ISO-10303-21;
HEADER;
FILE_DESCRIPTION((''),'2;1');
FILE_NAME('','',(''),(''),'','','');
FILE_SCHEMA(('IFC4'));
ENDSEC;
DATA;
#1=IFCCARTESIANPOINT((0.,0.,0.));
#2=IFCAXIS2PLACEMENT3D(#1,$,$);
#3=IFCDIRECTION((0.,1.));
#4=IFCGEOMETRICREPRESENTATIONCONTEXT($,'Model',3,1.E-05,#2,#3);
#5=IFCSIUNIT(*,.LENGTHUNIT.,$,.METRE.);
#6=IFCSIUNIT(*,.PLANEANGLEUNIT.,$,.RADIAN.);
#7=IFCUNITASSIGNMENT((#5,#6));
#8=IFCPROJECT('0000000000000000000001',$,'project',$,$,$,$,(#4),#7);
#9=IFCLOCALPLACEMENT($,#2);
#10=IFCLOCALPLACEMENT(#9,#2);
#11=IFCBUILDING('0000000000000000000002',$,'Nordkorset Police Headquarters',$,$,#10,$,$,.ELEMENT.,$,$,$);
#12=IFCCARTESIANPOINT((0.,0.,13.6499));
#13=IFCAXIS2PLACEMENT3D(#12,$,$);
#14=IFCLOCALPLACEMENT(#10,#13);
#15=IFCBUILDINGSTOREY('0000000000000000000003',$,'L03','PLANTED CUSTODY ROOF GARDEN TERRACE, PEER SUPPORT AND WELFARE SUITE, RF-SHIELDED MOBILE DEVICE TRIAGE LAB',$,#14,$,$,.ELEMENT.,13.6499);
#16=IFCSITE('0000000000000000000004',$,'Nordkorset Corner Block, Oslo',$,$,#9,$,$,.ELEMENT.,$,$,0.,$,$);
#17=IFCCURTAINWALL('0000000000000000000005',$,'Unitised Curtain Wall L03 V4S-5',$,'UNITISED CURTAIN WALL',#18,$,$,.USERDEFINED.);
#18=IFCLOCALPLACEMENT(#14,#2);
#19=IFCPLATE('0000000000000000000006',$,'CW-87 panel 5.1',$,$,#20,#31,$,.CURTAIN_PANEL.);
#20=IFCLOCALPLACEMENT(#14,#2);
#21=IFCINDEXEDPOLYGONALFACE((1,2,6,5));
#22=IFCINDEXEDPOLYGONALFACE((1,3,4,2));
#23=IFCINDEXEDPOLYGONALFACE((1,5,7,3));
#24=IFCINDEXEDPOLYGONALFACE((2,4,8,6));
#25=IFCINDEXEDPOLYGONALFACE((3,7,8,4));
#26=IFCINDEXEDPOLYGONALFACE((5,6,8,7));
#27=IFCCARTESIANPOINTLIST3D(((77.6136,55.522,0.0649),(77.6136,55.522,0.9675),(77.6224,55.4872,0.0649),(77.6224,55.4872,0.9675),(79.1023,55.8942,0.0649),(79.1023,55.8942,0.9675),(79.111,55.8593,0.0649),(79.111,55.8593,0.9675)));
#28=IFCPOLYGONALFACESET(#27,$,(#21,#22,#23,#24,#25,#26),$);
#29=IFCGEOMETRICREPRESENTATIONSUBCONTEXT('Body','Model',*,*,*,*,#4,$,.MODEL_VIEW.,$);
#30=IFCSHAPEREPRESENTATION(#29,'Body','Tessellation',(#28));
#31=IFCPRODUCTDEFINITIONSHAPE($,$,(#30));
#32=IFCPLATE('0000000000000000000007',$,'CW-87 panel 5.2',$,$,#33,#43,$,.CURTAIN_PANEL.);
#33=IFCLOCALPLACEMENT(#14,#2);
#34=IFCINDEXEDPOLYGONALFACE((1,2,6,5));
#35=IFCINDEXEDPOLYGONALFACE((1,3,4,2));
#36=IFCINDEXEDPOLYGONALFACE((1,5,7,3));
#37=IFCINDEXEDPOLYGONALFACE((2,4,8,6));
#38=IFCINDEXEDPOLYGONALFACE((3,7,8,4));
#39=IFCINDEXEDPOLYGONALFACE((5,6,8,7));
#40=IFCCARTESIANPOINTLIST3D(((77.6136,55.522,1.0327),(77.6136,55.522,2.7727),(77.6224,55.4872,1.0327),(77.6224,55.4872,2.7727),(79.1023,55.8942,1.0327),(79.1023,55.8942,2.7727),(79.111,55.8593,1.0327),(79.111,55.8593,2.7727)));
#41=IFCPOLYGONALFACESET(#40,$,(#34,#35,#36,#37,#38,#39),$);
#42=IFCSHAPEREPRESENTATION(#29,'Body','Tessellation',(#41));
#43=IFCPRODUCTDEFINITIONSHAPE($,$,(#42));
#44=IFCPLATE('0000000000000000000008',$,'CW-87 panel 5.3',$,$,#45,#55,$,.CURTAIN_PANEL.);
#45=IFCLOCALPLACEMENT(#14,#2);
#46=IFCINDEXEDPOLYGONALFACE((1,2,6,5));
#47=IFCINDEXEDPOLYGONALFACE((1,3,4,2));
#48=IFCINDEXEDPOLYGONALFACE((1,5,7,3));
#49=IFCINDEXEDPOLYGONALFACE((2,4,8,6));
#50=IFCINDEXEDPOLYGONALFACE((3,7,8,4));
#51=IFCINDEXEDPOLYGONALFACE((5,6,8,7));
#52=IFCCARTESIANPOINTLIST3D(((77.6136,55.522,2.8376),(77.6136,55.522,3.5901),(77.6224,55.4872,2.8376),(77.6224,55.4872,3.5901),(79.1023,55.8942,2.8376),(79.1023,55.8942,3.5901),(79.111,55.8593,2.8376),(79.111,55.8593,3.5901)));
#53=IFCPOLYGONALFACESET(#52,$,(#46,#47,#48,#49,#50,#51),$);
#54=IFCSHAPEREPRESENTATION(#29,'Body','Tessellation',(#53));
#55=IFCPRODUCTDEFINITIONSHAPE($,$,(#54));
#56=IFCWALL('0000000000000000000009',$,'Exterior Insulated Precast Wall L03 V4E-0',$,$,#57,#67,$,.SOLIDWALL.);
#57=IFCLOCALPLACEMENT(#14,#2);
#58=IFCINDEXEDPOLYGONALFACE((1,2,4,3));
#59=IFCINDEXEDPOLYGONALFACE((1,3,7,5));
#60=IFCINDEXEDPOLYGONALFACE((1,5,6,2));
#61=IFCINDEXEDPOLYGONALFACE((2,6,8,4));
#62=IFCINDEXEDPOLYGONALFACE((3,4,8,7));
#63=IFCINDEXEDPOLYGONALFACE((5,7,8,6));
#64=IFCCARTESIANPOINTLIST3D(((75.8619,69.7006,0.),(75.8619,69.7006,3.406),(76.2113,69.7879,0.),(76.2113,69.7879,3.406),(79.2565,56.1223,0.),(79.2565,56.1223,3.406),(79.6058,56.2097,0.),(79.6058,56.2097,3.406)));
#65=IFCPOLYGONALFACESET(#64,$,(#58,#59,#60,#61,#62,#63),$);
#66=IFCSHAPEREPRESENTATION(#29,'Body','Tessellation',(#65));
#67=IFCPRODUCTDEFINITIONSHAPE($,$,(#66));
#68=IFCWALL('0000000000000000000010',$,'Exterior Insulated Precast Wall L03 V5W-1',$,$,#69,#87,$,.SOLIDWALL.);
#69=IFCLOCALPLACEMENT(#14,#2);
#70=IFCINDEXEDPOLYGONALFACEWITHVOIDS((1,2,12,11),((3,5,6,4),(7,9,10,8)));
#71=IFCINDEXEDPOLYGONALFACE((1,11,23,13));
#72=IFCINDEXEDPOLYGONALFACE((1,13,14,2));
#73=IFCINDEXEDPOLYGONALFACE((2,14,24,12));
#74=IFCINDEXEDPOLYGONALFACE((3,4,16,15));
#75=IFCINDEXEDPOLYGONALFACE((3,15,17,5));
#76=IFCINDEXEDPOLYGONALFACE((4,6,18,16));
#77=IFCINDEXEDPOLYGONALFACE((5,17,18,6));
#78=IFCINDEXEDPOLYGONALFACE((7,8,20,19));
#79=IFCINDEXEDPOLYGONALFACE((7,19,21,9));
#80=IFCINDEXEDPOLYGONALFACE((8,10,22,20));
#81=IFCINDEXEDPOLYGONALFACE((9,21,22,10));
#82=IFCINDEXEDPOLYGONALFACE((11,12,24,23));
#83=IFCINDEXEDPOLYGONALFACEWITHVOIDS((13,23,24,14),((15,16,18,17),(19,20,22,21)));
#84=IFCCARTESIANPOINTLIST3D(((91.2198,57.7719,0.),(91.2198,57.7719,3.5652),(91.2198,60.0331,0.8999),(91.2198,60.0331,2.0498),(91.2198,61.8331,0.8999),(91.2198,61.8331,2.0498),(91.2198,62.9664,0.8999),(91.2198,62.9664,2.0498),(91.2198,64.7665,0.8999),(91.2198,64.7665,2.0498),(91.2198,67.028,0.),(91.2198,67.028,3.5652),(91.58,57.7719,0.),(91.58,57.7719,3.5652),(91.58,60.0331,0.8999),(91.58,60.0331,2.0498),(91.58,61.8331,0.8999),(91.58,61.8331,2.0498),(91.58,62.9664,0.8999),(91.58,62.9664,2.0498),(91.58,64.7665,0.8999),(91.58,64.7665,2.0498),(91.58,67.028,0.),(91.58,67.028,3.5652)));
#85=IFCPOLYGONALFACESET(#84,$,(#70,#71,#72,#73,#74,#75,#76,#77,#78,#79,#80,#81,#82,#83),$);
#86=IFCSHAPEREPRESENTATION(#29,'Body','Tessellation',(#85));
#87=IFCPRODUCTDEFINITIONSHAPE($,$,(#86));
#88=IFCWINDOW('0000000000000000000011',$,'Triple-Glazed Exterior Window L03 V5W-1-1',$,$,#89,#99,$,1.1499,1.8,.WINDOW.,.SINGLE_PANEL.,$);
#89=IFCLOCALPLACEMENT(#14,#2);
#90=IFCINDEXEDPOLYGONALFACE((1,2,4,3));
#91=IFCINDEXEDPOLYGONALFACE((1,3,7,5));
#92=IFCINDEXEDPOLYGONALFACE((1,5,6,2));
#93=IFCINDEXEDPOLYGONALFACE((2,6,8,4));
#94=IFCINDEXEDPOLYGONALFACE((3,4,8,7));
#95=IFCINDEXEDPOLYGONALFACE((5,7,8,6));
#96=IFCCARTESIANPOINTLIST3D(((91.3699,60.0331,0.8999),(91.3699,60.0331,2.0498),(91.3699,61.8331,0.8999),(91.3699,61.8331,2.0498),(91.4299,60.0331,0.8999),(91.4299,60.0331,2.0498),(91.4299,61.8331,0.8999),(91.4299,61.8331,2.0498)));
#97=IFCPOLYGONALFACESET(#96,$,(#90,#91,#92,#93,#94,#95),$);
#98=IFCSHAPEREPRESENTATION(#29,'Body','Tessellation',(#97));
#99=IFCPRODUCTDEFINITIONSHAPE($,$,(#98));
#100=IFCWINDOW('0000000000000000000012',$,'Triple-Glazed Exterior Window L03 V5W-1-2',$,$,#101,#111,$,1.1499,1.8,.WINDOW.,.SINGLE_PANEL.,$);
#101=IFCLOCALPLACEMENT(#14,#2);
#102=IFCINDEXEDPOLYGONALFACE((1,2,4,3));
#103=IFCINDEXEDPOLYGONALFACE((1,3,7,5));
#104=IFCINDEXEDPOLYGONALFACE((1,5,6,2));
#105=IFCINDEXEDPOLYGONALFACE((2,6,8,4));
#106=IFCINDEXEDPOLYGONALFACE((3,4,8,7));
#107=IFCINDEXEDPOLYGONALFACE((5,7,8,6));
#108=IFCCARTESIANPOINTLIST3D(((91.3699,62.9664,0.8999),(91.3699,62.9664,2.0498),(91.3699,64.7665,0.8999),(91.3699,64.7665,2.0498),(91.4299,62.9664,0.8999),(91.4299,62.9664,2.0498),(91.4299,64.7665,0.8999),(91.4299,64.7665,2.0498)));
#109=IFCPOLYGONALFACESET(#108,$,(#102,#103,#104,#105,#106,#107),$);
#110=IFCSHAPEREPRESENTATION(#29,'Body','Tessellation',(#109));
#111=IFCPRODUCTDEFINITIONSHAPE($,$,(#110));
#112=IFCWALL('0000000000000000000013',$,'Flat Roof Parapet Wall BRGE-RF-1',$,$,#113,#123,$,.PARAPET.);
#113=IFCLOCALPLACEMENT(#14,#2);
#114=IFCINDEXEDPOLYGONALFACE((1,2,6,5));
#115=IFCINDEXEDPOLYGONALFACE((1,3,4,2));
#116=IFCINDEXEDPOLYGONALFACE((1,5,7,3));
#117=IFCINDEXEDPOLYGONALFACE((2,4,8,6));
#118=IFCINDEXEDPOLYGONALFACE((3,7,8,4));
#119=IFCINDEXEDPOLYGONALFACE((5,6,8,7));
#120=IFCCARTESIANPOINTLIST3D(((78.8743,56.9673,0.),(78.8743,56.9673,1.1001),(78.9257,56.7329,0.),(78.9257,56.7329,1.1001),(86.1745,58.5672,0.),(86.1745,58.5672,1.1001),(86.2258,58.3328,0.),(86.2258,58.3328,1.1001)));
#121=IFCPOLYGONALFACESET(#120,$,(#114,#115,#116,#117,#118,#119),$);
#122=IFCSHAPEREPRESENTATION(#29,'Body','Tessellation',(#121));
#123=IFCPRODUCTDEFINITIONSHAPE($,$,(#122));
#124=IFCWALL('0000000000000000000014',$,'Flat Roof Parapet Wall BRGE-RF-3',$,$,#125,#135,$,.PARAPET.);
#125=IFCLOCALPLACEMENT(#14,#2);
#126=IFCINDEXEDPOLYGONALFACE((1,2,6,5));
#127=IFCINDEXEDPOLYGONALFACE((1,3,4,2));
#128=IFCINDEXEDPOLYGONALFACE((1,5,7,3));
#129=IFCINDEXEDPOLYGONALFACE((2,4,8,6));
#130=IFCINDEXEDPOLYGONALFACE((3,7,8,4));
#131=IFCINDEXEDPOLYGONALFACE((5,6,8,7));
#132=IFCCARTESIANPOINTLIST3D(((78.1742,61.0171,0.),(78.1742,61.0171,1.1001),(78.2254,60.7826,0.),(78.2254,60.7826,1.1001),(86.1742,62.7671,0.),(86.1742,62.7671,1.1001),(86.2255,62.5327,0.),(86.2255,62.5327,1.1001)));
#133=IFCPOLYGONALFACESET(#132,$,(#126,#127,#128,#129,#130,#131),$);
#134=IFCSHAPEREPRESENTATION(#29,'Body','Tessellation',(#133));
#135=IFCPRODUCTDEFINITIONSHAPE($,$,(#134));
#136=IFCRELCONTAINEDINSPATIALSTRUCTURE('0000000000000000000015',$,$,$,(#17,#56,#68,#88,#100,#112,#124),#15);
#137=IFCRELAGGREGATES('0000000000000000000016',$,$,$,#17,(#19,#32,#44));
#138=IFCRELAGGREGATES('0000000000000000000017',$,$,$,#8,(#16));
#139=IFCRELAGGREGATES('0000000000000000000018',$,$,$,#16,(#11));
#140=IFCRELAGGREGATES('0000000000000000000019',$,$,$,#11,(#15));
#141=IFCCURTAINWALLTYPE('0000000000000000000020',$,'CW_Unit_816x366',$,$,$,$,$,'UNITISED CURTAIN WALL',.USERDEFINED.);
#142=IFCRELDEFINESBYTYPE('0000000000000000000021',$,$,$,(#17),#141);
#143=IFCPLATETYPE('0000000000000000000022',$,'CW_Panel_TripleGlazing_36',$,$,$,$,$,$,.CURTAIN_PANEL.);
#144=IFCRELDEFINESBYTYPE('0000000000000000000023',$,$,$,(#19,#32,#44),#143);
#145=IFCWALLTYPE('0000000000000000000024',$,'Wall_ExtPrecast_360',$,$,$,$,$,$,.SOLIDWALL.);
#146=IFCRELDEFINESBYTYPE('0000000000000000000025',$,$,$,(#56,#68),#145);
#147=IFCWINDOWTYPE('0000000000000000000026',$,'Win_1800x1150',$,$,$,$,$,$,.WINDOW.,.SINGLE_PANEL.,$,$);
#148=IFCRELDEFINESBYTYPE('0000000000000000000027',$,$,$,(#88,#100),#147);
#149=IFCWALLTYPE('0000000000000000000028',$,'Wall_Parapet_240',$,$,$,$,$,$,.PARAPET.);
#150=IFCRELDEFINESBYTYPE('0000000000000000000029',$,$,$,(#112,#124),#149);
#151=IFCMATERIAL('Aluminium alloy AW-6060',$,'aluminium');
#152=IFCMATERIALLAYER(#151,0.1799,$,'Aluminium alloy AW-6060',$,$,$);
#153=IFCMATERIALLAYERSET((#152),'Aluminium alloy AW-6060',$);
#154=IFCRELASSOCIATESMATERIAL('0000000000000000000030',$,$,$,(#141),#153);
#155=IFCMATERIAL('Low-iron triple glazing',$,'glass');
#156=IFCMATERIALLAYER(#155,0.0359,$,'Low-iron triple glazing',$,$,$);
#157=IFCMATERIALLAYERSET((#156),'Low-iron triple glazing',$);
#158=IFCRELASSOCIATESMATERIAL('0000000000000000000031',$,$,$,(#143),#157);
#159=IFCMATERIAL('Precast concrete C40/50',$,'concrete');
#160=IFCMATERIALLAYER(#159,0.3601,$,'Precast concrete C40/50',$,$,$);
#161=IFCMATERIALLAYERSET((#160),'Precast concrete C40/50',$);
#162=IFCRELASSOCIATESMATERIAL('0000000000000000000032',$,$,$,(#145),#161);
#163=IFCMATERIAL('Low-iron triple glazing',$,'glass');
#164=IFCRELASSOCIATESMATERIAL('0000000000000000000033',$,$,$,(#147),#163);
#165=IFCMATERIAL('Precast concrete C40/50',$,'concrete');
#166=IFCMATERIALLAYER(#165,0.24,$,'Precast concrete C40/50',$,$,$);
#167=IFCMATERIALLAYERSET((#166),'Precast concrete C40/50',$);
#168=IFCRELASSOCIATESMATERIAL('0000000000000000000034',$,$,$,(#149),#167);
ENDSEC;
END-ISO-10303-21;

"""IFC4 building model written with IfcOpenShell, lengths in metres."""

from ifc_helpers import new_model, si_unit, direction, frame, frame_2d, origin, origin_2d, place, context, subcontext, project, spatial, rectangle, extrude, material, layer, layer_set, type_object, element, fill, aggregate, save


model = new_model("IFC4")

# Units and contexts
model_context = context("Model", 3, precision=1e-05, world=origin(), true_north=direction((0.0, 1.0)))
body_context = subcontext(model_context, "Body", "Model", "MODEL_VIEW")
ifc_project = project(units=[si_unit("LENGTHUNIT", "METRE"), si_unit("PLANEANGLEUNIT", "RADIAN")], contexts=[model_context])

# Site, building, storey
site_placement = place(None, origin())
site = spatial("IfcSite", under=ifc_project, at=site_placement, Name="Nordkorset Corner Block, Oslo", CompositionType="ELEMENT", RefElevation=0.0)
building_placement = place(site_placement, origin())
building = spatial("IfcBuilding", under=site, at=building_placement, Name="Nordkorset Police Headquarters", CompositionType="ELEMENT")
storey_placement = place(building_placement, frame((0.0, 0.0, 13.6499)))
storey = spatial("IfcBuildingStorey", under=building, at=storey_placement, Name="L03", Description="PLANTED CUSTODY ROOF GARDEN TERRACE, PEER SUPPORT AND WELFARE SUITE, RF-SHIELDED MOBILE DEVICE TRIAGE LAB", CompositionType="ELEMENT", Elevation=13.6499)

# Curtain wall
ifc_material_1 = material(Name="Aluminium alloy AW-6060", Category="aluminium")
ifc_layer_1 = layer(ifc_material_1, 0.1799, Name="Aluminium alloy AW-6060")
ifc_layer_set_1 = layer_set([ifc_layer_1], Name="Aluminium alloy AW-6060")
curtain_wall_type = type_object("IfcCurtainWallType", Name="CW_Unit_816x366", ElementType="UNITISED CURTAIN WALL", PredefinedType="USERDEFINED", material=ifc_layer_set_1)
curtain_wall_placement = place(storey_placement, origin())
curtain_wall = element("IfcCurtainWall", 1, at=curtain_wall_placement, inside=storey, type_object=curtain_wall_type, Name="Unitised Curtain Wall L03 V4S-5", ObjectType="UNITISED CURTAIN WALL", PredefinedType="USERDEFINED")

# Plates
ifc_material_2 = material(Name="Low-iron triple glazing", Category="glass")
ifc_layer_2 = layer(ifc_material_2, 0.0359, Name="Low-iron triple glazing")
ifc_layer_set_2 = layer_set([ifc_layer_2], Name="Low-iron triple glazing")
plate_type = type_object("IfcPlateType", Name="CW_Panel_TripleGlazing_36", PredefinedType="CURTAIN_PANEL", material=ifc_layer_set_2)
plate_1_placement = place(storey_placement, frame((78.3623, 55.6907, 0.0649), z_axis=(0.0, 0.0, 1.0), x_axis=(0.970143, 0.242536, 0.0)))
plate_1 = element("IfcPlate", 2, at=plate_1_placement, type_object=plate_type, Name="CW-87 panel 5.1", PredefinedType="CURTAIN_PANEL", context=body_context, shape_type="SweptSolid", body=[
    extrude(rectangle(XDim=1.5344, YDim=0.0359, at=origin_2d()), origin(), (0.0, 0.0, 1.0), 0.9026),
])
plate_2_placement = place(storey_placement, frame((78.3623, 55.6907, 1.0327), z_axis=(0.0, 0.0, 1.0), x_axis=(0.970143, 0.242536, 0.0)))
plate_2 = element("IfcPlate", 3, at=plate_2_placement, type_object=plate_type, Name="CW-87 panel 5.2", PredefinedType="CURTAIN_PANEL", context=body_context, shape_type="SweptSolid", body=[
    extrude(rectangle(XDim=1.5344, YDim=0.0359, at=origin_2d()), origin(), (0.0, 0.0, 1.0), 1.74),
])
plate_3_placement = place(storey_placement, frame((78.3623, 55.6907, 2.8376), z_axis=(0.0, 0.0, 1.0), x_axis=(0.970143, 0.242536, 0.0)))
plate_3 = element("IfcPlate", 4, at=plate_3_placement, type_object=plate_type, Name="CW-87 panel 5.3", PredefinedType="CURTAIN_PANEL", context=body_context, shape_type="SweptSolid", body=[
    extrude(rectangle(XDim=1.5344, YDim=0.0359, at=origin_2d()), origin(), (0.0, 0.0, 1.0), 0.7524),
])
aggregate(curtain_wall, [plate_1, plate_2, plate_3])

# Wall
ifc_material_3 = material(Name="Precast concrete C40/50", Category="concrete")
ifc_layer_3 = layer(ifc_material_3, 0.3601, Name="Precast concrete C40/50")
ifc_layer_set_3 = layer_set([ifc_layer_3], Name="Precast concrete C40/50")
wall_type_1 = type_object("IfcWallType", Name="Wall_ExtPrecast_360", PredefinedType="SOLIDWALL", material=ifc_layer_set_3)
wall_1_placement = place(storey_placement, frame((79.4312, 56.166, 0.0), z_axis=(0.0, 0.0, 1.0), x_axis=(-0.242536, 0.970143, 0.0)))
element("IfcWall", 5, at=wall_1_placement, inside=storey, type_object=wall_type_1, Name="Exterior Insulated Precast Wall L03 V4E-0", PredefinedType="SOLIDWALL", context=body_context, shape_type="SweptSolid", body=[
    extrude(rectangle(XDim=13.9961, YDim=0.3601, at=frame_2d((6.998, 0.0))), origin(), (0.0, 0.0, 1.0), 3.406),
])

# Wall, openings, windows
wall_2_placement = place(storey_placement, frame((91.3999, 57.772, 0.0), z_axis=(0.0, 0.0, 1.0), x_axis=(0.0, 1.0, 0.0)))
wall_2 = element("IfcWall", 6, at=wall_2_placement, inside=storey, type_object=wall_type_1, Name="Exterior Insulated Precast Wall L03 V5W-1", PredefinedType="SOLIDWALL", context=body_context, shape_type="SweptSolid", body=[
    extrude(rectangle(XDim=9.2561, YDim=0.3601, at=frame_2d((4.6279, 0.0))), origin(), (0.0, 0.0, 1.0), 3.5652),
])
opening_1_placement = place(wall_2_placement, frame((2.2612, 0.0, 0.8999)))
opening_1 = element("IfcOpeningElement", 7, at=opening_1_placement, cuts=wall_2, PredefinedType="OPENING", context=body_context, shape_type="SweptSolid", body=[
    extrude(rectangle(XDim=1.8, YDim=1.1499, at=frame_2d((0.8999, 0.575))), frame((0.0, 0.1899, 0.0), z_axis=(0.0, -1.0, 0.0), x_axis=(1.0, 0.0, 0.0)), (0.0, 0.0, 1.0), 0.3801),
])
opening_2_placement = place(wall_2_placement, frame((5.1946, 0.0, 0.8999)))
opening_2 = element("IfcOpeningElement", 8, at=opening_2_placement, cuts=wall_2, PredefinedType="OPENING", context=body_context, shape_type="SweptSolid", body=[
    extrude(rectangle(XDim=1.8, YDim=1.1499, at=frame_2d((0.8999, 0.575))), frame((0.0, 0.1899, 0.0), z_axis=(0.0, -1.0, 0.0), x_axis=(1.0, 0.0, 0.0)), (0.0, 0.0, 1.0), 0.3801),
])
ifc_material_4 = material(Name="Low-iron triple glazing", Category="glass")
window_type = type_object("IfcWindowType", Name="Win_1800x1150", PartitioningType="SINGLE_PANEL", PredefinedType="WINDOW", material=ifc_material_4)
window_1_placement = place(opening_1_placement, origin())
window_1 = element("IfcWindow", 9, at=window_1_placement, inside=storey, type_object=window_type, Name="Triple-Glazed Exterior Window L03 V5W-1-1", OverallHeight=1.1499, OverallWidth=1.8, PartitioningType="SINGLE_PANEL", PredefinedType="WINDOW", context=body_context, shape_type="SweptSolid", body=[
    extrude(rectangle(XDim=1.8, YDim=1.1499, at=frame_2d((0.8999, 0.575))), frame((0.0, 0.03, 0.0), z_axis=(0.0, -1.0, 0.0), x_axis=(1.0, 0.0, 0.0)), (0.0, 0.0, 1.0), 0.0601),
])
fill(opening_1, window_1)
window_2_placement = place(opening_2_placement, origin())
window_2 = element("IfcWindow", 10, at=window_2_placement, inside=storey, type_object=window_type, Name="Triple-Glazed Exterior Window L03 V5W-1-2", OverallHeight=1.1499, OverallWidth=1.8, PartitioningType="SINGLE_PANEL", PredefinedType="WINDOW", context=body_context, shape_type="SweptSolid", body=[
    extrude(rectangle(XDim=1.8, YDim=1.1499, at=frame_2d((0.8999, 0.575))), frame((0.0, 0.03, 0.0), z_axis=(0.0, -1.0, 0.0), x_axis=(1.0, 0.0, 0.0)), (0.0, 0.0, 1.0), 0.0601),
])
fill(opening_2, window_2)

# Walls
ifc_material_5 = material(Name="Precast concrete C40/50", Category="concrete")
ifc_layer_4 = layer(ifc_material_5, 0.24, Name="Precast concrete C40/50")
ifc_layer_set_4 = layer_set([ifc_layer_4], Name="Precast concrete C40/50")
wall_type_2 = type_object("IfcWallType", Name="Wall_Parapet_240", PredefinedType="PARAPET", material=ifc_layer_set_4)
wall_3_placement = place(storey_placement, frame((78.8999, 56.8501, 0.0), z_axis=(0.0, 0.0, 1.0), x_axis=(0.976817, 0.214076, 0.0)))
element("IfcWall", 11, at=wall_3_placement, inside=storey, type_object=wall_type_2, Name="Flat Roof Parapet Wall BRGE-RF-1", PredefinedType="PARAPET", context=body_context, shape_type="SweptSolid", body=[
    extrude(rectangle(XDim=7.4734, YDim=0.24, at=frame_2d((3.7368, 0.0))), origin(), (0.0, 0.0, 1.0), 1.1001),
])
wall_4_placement = place(storey_placement, frame((86.2, 62.6499, 0.0), z_axis=(0.0, 0.0, 1.0), x_axis=(-0.9769, -0.213697, 0.0)))
element("IfcWall", 12, at=wall_4_placement, inside=storey, type_object=wall_type_2, Name="Flat Roof Parapet Wall BRGE-RF-3", PredefinedType="PARAPET", context=body_context, shape_type="SweptSolid", body=[
    extrude(rectangle(XDim=8.1892, YDim=0.24, at=frame_2d((4.0947, 0.0))), origin(), (0.0, 0.0, 1.0), 1.1001),
])

save(model, "model.ifc")
